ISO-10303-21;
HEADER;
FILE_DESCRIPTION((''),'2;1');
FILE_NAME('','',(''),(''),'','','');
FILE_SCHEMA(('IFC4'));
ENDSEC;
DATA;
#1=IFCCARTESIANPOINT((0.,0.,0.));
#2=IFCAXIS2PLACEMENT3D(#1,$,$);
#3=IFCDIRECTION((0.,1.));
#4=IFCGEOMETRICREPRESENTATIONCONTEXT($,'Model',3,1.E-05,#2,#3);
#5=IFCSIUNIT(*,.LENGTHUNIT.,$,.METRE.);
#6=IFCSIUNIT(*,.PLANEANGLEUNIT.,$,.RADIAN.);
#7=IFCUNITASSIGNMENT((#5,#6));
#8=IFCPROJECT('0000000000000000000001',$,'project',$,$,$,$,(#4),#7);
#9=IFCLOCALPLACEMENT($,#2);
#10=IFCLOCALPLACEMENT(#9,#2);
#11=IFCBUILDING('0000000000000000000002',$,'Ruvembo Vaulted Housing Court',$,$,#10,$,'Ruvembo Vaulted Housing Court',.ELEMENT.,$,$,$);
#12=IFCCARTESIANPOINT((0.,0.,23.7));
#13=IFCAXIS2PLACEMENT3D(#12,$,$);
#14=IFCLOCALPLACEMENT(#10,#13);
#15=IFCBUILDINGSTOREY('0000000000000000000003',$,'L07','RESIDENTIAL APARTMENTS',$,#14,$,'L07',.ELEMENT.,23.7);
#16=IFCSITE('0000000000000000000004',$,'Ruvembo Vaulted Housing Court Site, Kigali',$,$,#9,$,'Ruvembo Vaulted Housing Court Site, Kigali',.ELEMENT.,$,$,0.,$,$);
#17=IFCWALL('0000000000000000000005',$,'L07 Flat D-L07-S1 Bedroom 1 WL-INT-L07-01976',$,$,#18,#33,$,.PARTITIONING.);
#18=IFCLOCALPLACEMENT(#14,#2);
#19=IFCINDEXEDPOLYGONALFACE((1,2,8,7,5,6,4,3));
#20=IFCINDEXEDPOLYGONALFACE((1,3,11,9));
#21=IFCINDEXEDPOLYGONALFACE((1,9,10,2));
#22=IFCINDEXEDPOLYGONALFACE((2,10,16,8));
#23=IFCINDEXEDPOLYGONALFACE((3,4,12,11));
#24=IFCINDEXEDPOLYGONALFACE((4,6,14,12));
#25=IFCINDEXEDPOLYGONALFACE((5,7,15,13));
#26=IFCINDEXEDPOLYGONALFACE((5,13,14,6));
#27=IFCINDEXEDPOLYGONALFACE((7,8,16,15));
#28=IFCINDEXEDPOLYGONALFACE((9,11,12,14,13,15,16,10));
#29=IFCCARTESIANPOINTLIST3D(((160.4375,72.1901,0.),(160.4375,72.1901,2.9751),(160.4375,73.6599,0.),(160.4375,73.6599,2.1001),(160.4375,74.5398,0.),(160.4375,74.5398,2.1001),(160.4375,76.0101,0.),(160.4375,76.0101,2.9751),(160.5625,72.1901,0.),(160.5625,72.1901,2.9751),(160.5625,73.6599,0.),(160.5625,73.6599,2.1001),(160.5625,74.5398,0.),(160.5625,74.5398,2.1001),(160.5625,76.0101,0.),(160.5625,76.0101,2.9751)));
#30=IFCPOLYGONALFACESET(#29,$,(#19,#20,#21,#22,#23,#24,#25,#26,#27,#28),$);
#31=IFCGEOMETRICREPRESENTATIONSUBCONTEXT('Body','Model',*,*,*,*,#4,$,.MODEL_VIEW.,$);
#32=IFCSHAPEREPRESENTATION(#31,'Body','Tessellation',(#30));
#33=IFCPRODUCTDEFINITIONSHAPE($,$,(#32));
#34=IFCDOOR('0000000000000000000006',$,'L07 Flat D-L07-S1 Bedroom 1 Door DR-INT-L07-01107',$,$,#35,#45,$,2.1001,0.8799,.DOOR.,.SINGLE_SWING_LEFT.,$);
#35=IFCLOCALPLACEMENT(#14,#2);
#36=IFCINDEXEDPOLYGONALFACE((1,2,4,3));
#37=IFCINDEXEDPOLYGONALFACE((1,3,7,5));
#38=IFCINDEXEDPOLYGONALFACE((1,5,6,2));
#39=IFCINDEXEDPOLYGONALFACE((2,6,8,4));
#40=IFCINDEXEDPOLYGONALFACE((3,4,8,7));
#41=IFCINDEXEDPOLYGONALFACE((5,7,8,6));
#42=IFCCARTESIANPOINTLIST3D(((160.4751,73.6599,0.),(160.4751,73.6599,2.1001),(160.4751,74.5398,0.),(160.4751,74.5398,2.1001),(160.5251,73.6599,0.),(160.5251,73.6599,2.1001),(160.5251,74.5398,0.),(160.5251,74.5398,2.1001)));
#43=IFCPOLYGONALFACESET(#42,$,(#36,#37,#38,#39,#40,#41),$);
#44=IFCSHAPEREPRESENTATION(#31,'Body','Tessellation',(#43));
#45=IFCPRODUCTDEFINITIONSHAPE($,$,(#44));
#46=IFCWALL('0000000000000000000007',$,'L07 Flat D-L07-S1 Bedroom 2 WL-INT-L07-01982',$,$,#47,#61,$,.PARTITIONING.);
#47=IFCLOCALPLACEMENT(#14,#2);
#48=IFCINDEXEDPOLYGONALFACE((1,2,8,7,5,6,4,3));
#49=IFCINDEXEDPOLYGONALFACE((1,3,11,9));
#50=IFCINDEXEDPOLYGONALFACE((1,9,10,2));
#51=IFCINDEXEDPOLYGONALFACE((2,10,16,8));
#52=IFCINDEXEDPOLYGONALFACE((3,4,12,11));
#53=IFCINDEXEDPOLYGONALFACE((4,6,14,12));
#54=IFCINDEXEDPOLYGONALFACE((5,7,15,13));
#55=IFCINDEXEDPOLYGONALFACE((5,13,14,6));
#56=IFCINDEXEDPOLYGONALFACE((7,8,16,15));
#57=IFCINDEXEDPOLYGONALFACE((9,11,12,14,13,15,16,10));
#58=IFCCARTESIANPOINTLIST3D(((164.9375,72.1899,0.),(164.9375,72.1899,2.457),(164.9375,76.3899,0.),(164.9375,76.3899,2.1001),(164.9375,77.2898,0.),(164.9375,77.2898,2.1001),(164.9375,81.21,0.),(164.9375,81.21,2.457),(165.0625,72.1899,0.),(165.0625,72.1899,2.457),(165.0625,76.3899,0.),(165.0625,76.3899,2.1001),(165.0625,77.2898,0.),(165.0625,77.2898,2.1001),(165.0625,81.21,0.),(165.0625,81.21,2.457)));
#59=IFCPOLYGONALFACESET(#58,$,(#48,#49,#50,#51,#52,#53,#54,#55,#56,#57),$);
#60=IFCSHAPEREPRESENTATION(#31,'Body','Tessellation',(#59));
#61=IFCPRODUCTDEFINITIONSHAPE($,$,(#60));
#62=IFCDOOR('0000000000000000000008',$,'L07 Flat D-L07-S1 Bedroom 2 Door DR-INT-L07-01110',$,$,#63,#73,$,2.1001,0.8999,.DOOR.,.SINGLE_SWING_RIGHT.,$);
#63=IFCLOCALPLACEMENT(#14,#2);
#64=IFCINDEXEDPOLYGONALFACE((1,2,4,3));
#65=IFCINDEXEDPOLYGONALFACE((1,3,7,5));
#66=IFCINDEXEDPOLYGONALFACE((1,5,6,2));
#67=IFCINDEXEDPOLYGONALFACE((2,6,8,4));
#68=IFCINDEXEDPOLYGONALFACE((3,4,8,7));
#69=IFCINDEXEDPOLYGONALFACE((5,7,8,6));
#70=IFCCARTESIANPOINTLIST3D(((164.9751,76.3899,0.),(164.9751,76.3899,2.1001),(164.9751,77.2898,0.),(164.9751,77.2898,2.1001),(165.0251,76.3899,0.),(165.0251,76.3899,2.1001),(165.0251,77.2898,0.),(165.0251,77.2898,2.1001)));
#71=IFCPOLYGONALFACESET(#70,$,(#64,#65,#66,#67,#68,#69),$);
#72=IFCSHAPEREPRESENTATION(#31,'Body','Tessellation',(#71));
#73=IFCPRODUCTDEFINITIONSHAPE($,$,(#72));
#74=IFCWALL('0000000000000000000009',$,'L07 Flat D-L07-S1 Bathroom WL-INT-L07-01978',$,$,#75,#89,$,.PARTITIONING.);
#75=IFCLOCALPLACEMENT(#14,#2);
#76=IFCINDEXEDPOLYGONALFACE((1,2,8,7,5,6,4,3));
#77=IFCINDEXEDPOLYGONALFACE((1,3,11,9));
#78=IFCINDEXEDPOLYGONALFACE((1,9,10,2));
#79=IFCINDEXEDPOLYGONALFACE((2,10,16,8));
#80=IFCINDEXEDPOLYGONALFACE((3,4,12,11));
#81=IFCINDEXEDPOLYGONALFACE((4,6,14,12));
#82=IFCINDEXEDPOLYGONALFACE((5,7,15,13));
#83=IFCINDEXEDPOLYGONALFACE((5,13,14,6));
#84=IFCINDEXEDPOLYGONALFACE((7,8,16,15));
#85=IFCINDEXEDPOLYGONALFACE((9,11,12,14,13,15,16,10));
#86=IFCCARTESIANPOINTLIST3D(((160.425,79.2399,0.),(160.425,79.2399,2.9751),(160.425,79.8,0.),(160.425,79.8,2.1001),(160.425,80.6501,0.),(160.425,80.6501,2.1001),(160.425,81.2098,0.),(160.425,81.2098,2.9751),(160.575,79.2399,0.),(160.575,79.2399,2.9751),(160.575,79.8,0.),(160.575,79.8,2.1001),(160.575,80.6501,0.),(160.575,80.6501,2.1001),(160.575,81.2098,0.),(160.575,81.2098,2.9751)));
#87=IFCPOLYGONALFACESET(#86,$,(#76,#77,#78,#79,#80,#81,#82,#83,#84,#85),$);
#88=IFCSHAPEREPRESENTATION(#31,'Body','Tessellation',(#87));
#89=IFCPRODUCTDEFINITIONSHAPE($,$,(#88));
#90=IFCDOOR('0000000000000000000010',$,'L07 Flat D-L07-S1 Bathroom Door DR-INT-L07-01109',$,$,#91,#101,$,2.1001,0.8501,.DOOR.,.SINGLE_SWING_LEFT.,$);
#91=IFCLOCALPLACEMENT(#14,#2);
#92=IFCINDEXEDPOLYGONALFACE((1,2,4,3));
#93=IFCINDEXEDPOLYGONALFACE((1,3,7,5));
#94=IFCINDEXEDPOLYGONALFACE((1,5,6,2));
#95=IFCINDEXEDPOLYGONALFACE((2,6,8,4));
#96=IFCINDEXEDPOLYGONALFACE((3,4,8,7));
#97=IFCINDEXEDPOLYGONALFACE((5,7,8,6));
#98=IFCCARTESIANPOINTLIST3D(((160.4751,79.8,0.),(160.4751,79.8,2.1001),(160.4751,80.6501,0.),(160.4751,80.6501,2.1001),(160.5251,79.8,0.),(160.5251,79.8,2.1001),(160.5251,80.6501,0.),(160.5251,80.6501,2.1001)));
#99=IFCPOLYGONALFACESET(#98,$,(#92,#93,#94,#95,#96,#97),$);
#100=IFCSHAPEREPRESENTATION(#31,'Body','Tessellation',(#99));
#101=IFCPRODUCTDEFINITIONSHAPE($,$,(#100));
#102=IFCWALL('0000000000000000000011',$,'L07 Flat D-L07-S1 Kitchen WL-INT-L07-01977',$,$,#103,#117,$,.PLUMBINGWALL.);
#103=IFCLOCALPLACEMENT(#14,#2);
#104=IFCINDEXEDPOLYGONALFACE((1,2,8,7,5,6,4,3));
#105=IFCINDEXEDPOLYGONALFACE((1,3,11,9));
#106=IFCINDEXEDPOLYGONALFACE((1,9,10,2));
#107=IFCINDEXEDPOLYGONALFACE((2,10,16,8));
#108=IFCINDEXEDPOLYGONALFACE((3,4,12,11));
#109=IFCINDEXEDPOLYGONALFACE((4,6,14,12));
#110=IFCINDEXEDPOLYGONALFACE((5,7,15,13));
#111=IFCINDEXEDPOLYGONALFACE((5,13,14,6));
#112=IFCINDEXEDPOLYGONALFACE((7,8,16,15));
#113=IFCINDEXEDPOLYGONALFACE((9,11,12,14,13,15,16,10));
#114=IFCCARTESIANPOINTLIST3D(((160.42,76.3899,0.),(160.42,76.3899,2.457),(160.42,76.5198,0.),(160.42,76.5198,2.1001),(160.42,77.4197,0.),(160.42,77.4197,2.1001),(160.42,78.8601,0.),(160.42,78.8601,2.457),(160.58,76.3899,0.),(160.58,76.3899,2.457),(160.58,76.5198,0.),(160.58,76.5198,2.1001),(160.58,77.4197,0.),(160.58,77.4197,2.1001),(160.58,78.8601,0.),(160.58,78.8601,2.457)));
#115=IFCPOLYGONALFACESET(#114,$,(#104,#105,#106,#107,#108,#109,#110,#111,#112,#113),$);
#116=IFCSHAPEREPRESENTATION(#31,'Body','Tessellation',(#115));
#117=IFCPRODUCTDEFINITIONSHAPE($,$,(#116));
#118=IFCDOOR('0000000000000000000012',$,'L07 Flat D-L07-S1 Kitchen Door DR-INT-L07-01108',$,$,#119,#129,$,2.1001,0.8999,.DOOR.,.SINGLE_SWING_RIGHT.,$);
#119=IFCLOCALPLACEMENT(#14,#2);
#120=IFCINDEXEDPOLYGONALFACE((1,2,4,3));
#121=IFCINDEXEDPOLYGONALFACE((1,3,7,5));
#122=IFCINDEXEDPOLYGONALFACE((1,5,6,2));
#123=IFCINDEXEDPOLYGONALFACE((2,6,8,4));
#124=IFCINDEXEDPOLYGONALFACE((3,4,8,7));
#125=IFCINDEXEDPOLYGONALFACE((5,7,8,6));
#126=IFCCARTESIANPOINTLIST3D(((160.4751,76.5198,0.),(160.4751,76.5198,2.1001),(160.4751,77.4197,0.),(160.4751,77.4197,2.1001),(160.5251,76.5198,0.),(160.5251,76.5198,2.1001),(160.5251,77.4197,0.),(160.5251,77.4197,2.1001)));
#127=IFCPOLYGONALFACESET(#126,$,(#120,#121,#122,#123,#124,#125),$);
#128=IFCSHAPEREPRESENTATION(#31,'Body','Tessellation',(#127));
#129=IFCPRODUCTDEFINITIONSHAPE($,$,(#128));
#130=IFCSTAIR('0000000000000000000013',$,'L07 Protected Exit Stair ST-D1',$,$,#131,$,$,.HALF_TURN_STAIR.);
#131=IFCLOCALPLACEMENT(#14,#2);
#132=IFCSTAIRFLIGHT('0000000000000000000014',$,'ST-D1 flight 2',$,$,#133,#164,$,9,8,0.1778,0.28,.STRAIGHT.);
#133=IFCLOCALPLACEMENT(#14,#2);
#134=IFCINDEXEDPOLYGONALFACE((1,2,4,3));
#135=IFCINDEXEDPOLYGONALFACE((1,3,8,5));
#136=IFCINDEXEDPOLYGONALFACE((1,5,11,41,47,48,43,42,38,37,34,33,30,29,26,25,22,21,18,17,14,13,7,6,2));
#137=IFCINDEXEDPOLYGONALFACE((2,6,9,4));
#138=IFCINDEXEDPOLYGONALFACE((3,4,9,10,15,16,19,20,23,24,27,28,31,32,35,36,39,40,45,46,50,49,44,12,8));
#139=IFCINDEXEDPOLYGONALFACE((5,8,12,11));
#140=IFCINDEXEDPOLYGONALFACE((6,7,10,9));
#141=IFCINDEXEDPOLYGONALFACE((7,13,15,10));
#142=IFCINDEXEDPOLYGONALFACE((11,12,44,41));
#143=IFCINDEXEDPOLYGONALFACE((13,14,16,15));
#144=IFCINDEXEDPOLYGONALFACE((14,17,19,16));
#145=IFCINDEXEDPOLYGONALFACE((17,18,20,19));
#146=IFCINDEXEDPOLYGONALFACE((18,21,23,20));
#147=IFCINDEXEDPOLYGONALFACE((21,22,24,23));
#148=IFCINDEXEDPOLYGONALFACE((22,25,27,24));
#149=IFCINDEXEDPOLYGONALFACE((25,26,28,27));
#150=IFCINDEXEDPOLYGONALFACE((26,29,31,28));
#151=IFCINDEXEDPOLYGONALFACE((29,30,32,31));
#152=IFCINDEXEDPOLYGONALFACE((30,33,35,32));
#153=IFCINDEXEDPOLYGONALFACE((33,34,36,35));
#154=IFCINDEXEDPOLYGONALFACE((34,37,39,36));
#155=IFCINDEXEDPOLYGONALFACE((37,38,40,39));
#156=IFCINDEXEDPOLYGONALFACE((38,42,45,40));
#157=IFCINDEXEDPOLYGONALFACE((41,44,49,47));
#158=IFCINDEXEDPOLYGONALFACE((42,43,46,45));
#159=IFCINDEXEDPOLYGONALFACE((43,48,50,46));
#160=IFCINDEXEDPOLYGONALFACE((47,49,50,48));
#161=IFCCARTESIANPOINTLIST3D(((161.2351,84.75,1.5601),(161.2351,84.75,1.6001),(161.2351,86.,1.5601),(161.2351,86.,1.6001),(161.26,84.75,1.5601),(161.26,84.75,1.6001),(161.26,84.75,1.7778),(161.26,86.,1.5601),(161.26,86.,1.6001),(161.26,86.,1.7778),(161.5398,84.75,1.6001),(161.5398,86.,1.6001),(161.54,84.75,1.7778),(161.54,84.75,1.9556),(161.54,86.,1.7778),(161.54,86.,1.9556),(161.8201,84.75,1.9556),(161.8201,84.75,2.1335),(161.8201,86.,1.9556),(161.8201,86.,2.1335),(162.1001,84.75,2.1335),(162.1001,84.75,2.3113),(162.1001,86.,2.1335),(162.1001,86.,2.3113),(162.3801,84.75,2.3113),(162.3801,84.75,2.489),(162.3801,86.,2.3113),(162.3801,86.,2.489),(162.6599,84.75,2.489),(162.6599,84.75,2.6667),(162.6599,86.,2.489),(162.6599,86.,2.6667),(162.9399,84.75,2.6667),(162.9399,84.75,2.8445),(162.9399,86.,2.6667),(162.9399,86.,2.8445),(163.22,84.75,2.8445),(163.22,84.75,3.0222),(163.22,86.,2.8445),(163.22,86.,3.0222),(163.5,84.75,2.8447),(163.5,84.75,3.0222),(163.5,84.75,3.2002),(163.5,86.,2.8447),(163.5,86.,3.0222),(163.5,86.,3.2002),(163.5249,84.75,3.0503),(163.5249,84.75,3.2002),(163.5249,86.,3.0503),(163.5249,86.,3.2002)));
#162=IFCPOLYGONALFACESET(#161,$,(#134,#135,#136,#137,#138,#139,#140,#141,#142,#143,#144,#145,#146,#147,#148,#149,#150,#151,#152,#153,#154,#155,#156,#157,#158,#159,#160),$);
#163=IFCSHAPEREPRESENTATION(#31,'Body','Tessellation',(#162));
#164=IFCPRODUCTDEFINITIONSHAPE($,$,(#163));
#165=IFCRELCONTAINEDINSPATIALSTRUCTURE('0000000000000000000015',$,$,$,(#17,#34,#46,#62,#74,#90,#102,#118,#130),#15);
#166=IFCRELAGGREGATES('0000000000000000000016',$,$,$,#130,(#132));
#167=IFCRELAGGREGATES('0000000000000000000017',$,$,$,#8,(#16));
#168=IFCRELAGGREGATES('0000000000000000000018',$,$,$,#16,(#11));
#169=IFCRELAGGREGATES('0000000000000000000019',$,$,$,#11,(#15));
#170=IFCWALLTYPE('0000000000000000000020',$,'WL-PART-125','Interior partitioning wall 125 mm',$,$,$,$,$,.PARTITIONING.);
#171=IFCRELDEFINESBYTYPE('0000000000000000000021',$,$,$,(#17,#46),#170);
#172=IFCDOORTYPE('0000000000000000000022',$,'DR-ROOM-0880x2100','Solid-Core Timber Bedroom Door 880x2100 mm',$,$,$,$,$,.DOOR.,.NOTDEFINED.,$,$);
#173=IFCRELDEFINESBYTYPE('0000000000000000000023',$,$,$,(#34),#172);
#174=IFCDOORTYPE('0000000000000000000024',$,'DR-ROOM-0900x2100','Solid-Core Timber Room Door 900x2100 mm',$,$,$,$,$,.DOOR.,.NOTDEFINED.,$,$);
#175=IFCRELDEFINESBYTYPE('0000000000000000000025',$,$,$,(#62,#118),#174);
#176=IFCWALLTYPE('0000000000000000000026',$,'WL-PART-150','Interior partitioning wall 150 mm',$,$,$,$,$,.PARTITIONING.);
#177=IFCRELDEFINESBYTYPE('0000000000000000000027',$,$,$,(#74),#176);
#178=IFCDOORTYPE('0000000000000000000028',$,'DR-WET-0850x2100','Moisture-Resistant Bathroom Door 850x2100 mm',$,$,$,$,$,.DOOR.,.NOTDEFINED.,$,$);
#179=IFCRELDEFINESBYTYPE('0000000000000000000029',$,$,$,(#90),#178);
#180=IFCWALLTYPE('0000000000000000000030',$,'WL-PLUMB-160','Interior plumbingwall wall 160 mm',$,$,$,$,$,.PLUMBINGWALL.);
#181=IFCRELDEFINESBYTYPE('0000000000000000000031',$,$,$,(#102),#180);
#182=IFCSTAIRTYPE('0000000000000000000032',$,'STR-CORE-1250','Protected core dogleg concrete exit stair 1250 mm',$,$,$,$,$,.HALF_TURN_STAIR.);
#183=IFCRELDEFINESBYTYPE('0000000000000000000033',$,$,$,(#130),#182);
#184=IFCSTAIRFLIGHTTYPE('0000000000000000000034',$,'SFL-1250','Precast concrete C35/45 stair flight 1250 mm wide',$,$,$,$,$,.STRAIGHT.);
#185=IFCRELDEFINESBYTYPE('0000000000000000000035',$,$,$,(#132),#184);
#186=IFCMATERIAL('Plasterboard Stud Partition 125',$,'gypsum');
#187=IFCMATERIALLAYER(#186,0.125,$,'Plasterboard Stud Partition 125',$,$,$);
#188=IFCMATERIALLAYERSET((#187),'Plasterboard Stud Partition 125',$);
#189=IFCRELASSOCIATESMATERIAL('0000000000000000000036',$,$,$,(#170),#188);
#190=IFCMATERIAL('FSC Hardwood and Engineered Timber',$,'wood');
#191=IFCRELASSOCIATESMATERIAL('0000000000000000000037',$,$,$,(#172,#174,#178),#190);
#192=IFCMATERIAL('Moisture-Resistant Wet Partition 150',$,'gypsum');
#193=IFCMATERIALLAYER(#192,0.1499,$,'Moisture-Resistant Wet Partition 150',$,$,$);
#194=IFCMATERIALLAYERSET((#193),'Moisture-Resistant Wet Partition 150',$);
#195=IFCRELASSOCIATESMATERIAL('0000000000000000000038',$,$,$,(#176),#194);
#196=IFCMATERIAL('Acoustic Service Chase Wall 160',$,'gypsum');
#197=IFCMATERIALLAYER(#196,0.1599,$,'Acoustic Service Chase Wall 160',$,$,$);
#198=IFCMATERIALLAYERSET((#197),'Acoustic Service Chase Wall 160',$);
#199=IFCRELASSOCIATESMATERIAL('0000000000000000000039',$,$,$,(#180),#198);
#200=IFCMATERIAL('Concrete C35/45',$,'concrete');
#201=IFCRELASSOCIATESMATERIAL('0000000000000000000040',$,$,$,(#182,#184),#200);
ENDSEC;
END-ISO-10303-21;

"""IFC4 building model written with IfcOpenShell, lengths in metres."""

from ifc_helpers import new_model, si_unit, direction, frame, frame_2d, origin, place, context, subcontext, project, spatial, polyline, rectangle, outline, extrude, material, layer, layer_set, type_object, element, fill, aggregate, save


model = new_model("IFC4")

# Units and contexts
model_context = context("Model", 3, precision=1e-05, world=origin(), true_north=direction((0.0, 1.0)))
body_context = subcontext(model_context, "Body", "Model", "MODEL_VIEW")
ifc_project = project(units=[si_unit("LENGTHUNIT", "METRE"), si_unit("PLANEANGLEUNIT", "RADIAN")], contexts=[model_context])

# Site, building, storey
site_placement = place(None, origin())
site = spatial("IfcSite", under=ifc_project, at=site_placement, Name="Ruvembo Vaulted Housing Court Site, Kigali", LongName="Ruvembo Vaulted Housing Court Site, Kigali", CompositionType="ELEMENT", RefElevation=0.0)
building_placement = place(site_placement, origin())
building = spatial("IfcBuilding", under=site, at=building_placement, Name="Ruvembo Vaulted Housing Court", LongName="Ruvembo Vaulted Housing Court", CompositionType="ELEMENT")
storey_placement = place(building_placement, frame((0.0, 0.0, 23.7)))
storey = spatial("IfcBuildingStorey", under=building, at=storey_placement, Name="L07", Description="RESIDENTIAL APARTMENTS", LongName="L07", CompositionType="ELEMENT", Elevation=23.7)

# Shared definitions
ifc_material_1 = material(Name="Concrete C35/45", Category="concrete")

# Shared definitions
ifc_material_2 = material(Name="FSC Hardwood and Engineered Timber", Category="wood")

# Walls, openings, doors
ifc_material_3 = material(Name="Plasterboard Stud Partition 125", Category="gypsum")
ifc_layer_1 = layer(ifc_material_3, 0.125, Name="Plasterboard Stud Partition 125")
ifc_layer_set_1 = layer_set([ifc_layer_1], Name="Plasterboard Stud Partition 125")
wall_type_1 = type_object("IfcWallType", Name="WL-PART-125", Description="Interior partitioning wall 125 mm", PredefinedType="PARTITIONING", material=ifc_layer_set_1)
wall_1_placement = place(storey_placement, frame((160.5, 72.1899, 0.0), z_axis=(0.0, 0.0, 1.0), x_axis=(0.0, 1.0, 0.0)))
wall_1 = element("IfcWall", 1, at=wall_1_placement, inside=storey, type_object=wall_type_1, Name="L07 Flat D-L07-S1 Bedroom 1 WL-INT-L07-01976", PredefinedType="PARTITIONING", context=body_context, shape_type="SweptSolid", body=[
    extrude(rectangle(XDim=3.8201, YDim=0.125, at=frame_2d((1.9102, 0.0))), origin(), (0.0, 0.0, 1.0), 2.9751),
])
opening_1_placement = place(wall_1_placement, frame((1.47, 0.0, 0.0)))
opening_1 = element("IfcOpeningElement", 2, at=opening_1_placement, cuts=wall_1, PredefinedType="OPENING", context=body_context, shape_type="SweptSolid", body=[
    extrude(rectangle(XDim=0.8799, YDim=2.1001, at=frame_2d((0.4399, 1.05))), frame((0.0, 0.0725, 0.0), z_axis=(0.0, -1.0, 0.0), x_axis=(1.0, 0.0, 0.0)), (0.0, 0.0, 1.0), 0.145),
])
door_type_1 = type_object("IfcDoorType", Name="DR-ROOM-0880x2100", Description="Solid-Core Timber Bedroom Door 880x2100 mm", OperationType="NOTDEFINED", PredefinedType="DOOR", material=ifc_material_2)
door_1_placement = place(opening_1_placement, origin())
door_1 = element("IfcDoor", 3, at=door_1_placement, inside=storey, type_object=door_type_1, Name="L07 Flat D-L07-S1 Bedroom 1 Door DR-INT-L07-01107", OperationType="SINGLE_SWING_LEFT", OverallHeight=2.1001, OverallWidth=0.8799, PredefinedType="DOOR", context=body_context, shape_type="SweptSolid", body=[
    extrude(rectangle(XDim=0.8799, YDim=2.1001, at=frame_2d((0.4399, 1.05))), frame((0.0, 0.0249, 0.0), z_axis=(0.0, -1.0, 0.0), x_axis=(1.0, 0.0, 0.0)), (0.0, 0.0, 1.0), 0.05),
])
fill(opening_1, door_1)
wall_2_placement = place(storey_placement, frame((165.0, 72.1899, 0.0), z_axis=(0.0, 0.0, 1.0), x_axis=(0.0, 1.0, 0.0)))
wall_2 = element("IfcWall", 4, at=wall_2_placement, inside=storey, type_object=wall_type_1, Name="L07 Flat D-L07-S1 Bedroom 2 WL-INT-L07-01982", PredefinedType="PARTITIONING", context=body_context, shape_type="SweptSolid", body=[
    extrude(rectangle(XDim=9.02, YDim=0.125, at=frame_2d((4.51, 0.0))), origin(), (0.0, 0.0, 1.0), 2.457),
])
opening_2_placement = place(wall_2_placement, frame((4.2, 0.0, 0.0)))
opening_2 = element("IfcOpeningElement", 5, at=opening_2_placement, cuts=wall_2, PredefinedType="OPENING", context=body_context, shape_type="SweptSolid", body=[
    extrude(rectangle(XDim=0.8999, YDim=2.1001, at=frame_2d((0.45, 1.05))), frame((0.0, 0.0725, 0.0), z_axis=(0.0, -1.0, 0.0), x_axis=(1.0, 0.0, 0.0)), (0.0, 0.0, 1.0), 0.145),
])
door_type_2 = type_object("IfcDoorType", Name="DR-ROOM-0900x2100", Description="Solid-Core Timber Room Door 900x2100 mm", OperationType="NOTDEFINED", PredefinedType="DOOR", material=ifc_material_2)
door_2_placement = place(opening_2_placement, origin())
door_2 = element("IfcDoor", 6, at=door_2_placement, inside=storey, type_object=door_type_2, Name="L07 Flat D-L07-S1 Bedroom 2 Door DR-INT-L07-01110", OperationType="SINGLE_SWING_RIGHT", OverallHeight=2.1001, OverallWidth=0.8999, PredefinedType="DOOR", context=body_context, shape_type="SweptSolid", body=[
    extrude(rectangle(XDim=0.8999, YDim=2.1001, at=frame_2d((0.45, 1.05))), frame((0.0, 0.0249, 0.0), z_axis=(0.0, -1.0, 0.0), x_axis=(1.0, 0.0, 0.0)), (0.0, 0.0, 1.0), 0.05),
])
fill(opening_2, door_2)
ifc_material_4 = material(Name="Moisture-Resistant Wet Partition 150", Category="gypsum")
ifc_layer_2 = layer(ifc_material_4, 0.1499, Name="Moisture-Resistant Wet Partition 150")
ifc_layer_set_2 = layer_set([ifc_layer_2], Name="Moisture-Resistant Wet Partition 150")
wall_type_2 = type_object("IfcWallType", Name="WL-PART-150", Description="Interior partitioning wall 150 mm", PredefinedType="PARTITIONING", material=ifc_layer_set_2)
wall_3_placement = place(storey_placement, frame((160.5, 79.24, 0.0), z_axis=(0.0, 0.0, 1.0), x_axis=(0.0, 1.0, 0.0)))
wall_3 = element("IfcWall", 7, at=wall_3_placement, inside=storey, type_object=wall_type_2, Name="L07 Flat D-L07-S1 Bathroom WL-INT-L07-01978", PredefinedType="PARTITIONING", context=body_context, shape_type="SweptSolid", body=[
    extrude(rectangle(XDim=1.97, YDim=0.1499, at=frame_2d((0.9849, 0.0))), origin(), (0.0, 0.0, 1.0), 2.9751),
])
opening_3_placement = place(wall_3_placement, frame((0.5601, 0.0, 0.0)))
opening_3 = element("IfcOpeningElement", 8, at=opening_3_placement, cuts=wall_3, PredefinedType="OPENING", context=body_context, shape_type="SweptSolid", body=[
    extrude(rectangle(XDim=0.8501, YDim=2.1001, at=frame_2d((0.425, 1.05))), frame((0.0, 0.085, 0.0), z_axis=(0.0, -1.0, 0.0), x_axis=(1.0, 0.0, 0.0)), (0.0, 0.0, 1.0), 0.1699),
])
door_type_3 = type_object("IfcDoorType", Name="DR-WET-0850x2100", Description="Moisture-Resistant Bathroom Door 850x2100 mm", OperationType="NOTDEFINED", PredefinedType="DOOR", material=ifc_material_2)
door_3_placement = place(opening_3_placement, origin())
door_3 = element("IfcDoor", 9, at=door_3_placement, inside=storey, type_object=door_type_3, Name="L07 Flat D-L07-S1 Bathroom Door DR-INT-L07-01109", OperationType="SINGLE_SWING_LEFT", OverallHeight=2.1001, OverallWidth=0.8501, PredefinedType="DOOR", context=body_context, shape_type="SweptSolid", body=[
    extrude(rectangle(XDim=0.8501, YDim=2.1001, at=frame_2d((0.425, 1.05))), frame((0.0, 0.0249, 0.0), z_axis=(0.0, -1.0, 0.0), x_axis=(1.0, 0.0, 0.0)), (0.0, 0.0, 1.0), 0.05),
])
fill(opening_3, door_3)
ifc_material_5 = material(Name="Acoustic Service Chase Wall 160", Category="gypsum")
ifc_layer_3 = layer(ifc_material_5, 0.1599, Name="Acoustic Service Chase Wall 160")
ifc_layer_set_3 = layer_set([ifc_layer_3], Name="Acoustic Service Chase Wall 160")
wall_type_3 = type_object("IfcWallType", Name="WL-PLUMB-160", Description="Interior plumbingwall wall 160 mm", PredefinedType="PLUMBINGWALL", material=ifc_layer_set_3)
wall_4_placement = place(storey_placement, frame((160.5, 76.3899, 0.0), z_axis=(0.0, 0.0, 1.0), x_axis=(0.0, 1.0, 0.0)))
wall_4 = element("IfcWall", 10, at=wall_4_placement, inside=storey, type_object=wall_type_3, Name="L07 Flat D-L07-S1 Kitchen WL-INT-L07-01977", PredefinedType="PLUMBINGWALL", context=body_context, shape_type="SweptSolid", body=[
    extrude(rectangle(XDim=2.4702, YDim=0.1599, at=frame_2d((1.2351, 0.0))), origin(), (0.0, 0.0, 1.0), 2.457),
])
opening_4_placement = place(wall_4_placement, frame((0.1299, 0.0, 0.0)))
opening_4 = element("IfcOpeningElement", 11, at=opening_4_placement, cuts=wall_4, PredefinedType="OPENING", context=body_context, shape_type="SweptSolid", body=[
    extrude(rectangle(XDim=0.8999, YDim=2.1001, at=frame_2d((0.45, 1.05))), frame((0.0, 0.0898, 0.0), z_axis=(0.0, -1.0, 0.0), x_axis=(1.0, 0.0, 0.0)), (0.0, 0.0, 1.0), 0.1799),
])
door_4_placement = place(opening_4_placement, origin())
door_4 = element("IfcDoor", 12, at=door_4_placement, inside=storey, type_object=door_type_2, Name="L07 Flat D-L07-S1 Kitchen Door DR-INT-L07-01108", OperationType="SINGLE_SWING_RIGHT", OverallHeight=2.1001, OverallWidth=0.8999, PredefinedType="DOOR", context=body_context, shape_type="SweptSolid", body=[
    extrude(rectangle(XDim=0.8999, YDim=2.1001, at=frame_2d((0.45, 1.05))), frame((0.0, 0.0249, 0.0), z_axis=(0.0, -1.0, 0.0), x_axis=(1.0, 0.0, 0.0)), (0.0, 0.0, 1.0), 0.05),
])
fill(opening_4, door_4)

# Stair, stair flight
stair_type = type_object("IfcStairType", Name="STR-CORE-1250", Description="Protected core dogleg concrete exit stair 1250 mm", PredefinedType="HALF_TURN_STAIR", material=ifc_material_1)
stair_placement = place(storey_placement, origin())
stair = element("IfcStair", 13, at=stair_placement, inside=storey, type_object=stair_type, Name="L07 Protected Exit Stair ST-D1", PredefinedType="HALF_TURN_STAIR")
stair_flight_type = type_object("IfcStairFlightType", Name="SFL-1250", Description="Precast concrete C35/45 stair flight 1250 mm wide", PredefinedType="STRAIGHT", material=ifc_material_1)
stair_flight_placement = place(storey_placement, frame((161.26, 85.375, 1.6001), z_axis=(0.0, 0.0, 1.0), x_axis=(1.0, 0.0, 0.0)))
stair_flight = element("IfcStairFlight", 14, at=stair_flight_placement, type_object=stair_flight_type, Name="ST-D1 flight 2", NumberOfRisers=9, NumberOfTreads=8, PredefinedType="STRAIGHT", RiserHeight=0.1778, TreadLength=0.28, context=body_context, shape_type="SweptSolid", body=[
    extrude(outline(polyline([(-0.0249, -0.04), (-0.0249, 0.0), (0.0, 0.0), (0.0, 0.1777), (0.28, 0.1777), (0.28, 0.3555), (0.5601, 0.3555), (0.5601, 0.5334), (0.8401, 0.5334), (0.8401, 0.7112), (1.1201, 0.7112), (1.1201, 0.8889), (1.3999, 0.8889), (1.3999, 1.0667), (1.6799, 1.0667), (1.6799, 1.2444), (1.96, 1.2444), (1.96, 1.4221), (2.24, 1.4221), (2.24, 1.6001), (2.2649, 1.6001), (2.2649, 1.4502), (2.24, 1.2446), (0.2798, 0.0), (0.0, -0.04), (-0.0249, -0.04)])), frame((0.0, 0.625, 0.0), z_axis=(0.0, -1.0, 0.0), x_axis=(1.0, 0.0, 0.0)), (0.0, 0.0, 1.0), 1.25),
])
aggregate(stair, [stair_flight])

save(model, "model.ifc")
